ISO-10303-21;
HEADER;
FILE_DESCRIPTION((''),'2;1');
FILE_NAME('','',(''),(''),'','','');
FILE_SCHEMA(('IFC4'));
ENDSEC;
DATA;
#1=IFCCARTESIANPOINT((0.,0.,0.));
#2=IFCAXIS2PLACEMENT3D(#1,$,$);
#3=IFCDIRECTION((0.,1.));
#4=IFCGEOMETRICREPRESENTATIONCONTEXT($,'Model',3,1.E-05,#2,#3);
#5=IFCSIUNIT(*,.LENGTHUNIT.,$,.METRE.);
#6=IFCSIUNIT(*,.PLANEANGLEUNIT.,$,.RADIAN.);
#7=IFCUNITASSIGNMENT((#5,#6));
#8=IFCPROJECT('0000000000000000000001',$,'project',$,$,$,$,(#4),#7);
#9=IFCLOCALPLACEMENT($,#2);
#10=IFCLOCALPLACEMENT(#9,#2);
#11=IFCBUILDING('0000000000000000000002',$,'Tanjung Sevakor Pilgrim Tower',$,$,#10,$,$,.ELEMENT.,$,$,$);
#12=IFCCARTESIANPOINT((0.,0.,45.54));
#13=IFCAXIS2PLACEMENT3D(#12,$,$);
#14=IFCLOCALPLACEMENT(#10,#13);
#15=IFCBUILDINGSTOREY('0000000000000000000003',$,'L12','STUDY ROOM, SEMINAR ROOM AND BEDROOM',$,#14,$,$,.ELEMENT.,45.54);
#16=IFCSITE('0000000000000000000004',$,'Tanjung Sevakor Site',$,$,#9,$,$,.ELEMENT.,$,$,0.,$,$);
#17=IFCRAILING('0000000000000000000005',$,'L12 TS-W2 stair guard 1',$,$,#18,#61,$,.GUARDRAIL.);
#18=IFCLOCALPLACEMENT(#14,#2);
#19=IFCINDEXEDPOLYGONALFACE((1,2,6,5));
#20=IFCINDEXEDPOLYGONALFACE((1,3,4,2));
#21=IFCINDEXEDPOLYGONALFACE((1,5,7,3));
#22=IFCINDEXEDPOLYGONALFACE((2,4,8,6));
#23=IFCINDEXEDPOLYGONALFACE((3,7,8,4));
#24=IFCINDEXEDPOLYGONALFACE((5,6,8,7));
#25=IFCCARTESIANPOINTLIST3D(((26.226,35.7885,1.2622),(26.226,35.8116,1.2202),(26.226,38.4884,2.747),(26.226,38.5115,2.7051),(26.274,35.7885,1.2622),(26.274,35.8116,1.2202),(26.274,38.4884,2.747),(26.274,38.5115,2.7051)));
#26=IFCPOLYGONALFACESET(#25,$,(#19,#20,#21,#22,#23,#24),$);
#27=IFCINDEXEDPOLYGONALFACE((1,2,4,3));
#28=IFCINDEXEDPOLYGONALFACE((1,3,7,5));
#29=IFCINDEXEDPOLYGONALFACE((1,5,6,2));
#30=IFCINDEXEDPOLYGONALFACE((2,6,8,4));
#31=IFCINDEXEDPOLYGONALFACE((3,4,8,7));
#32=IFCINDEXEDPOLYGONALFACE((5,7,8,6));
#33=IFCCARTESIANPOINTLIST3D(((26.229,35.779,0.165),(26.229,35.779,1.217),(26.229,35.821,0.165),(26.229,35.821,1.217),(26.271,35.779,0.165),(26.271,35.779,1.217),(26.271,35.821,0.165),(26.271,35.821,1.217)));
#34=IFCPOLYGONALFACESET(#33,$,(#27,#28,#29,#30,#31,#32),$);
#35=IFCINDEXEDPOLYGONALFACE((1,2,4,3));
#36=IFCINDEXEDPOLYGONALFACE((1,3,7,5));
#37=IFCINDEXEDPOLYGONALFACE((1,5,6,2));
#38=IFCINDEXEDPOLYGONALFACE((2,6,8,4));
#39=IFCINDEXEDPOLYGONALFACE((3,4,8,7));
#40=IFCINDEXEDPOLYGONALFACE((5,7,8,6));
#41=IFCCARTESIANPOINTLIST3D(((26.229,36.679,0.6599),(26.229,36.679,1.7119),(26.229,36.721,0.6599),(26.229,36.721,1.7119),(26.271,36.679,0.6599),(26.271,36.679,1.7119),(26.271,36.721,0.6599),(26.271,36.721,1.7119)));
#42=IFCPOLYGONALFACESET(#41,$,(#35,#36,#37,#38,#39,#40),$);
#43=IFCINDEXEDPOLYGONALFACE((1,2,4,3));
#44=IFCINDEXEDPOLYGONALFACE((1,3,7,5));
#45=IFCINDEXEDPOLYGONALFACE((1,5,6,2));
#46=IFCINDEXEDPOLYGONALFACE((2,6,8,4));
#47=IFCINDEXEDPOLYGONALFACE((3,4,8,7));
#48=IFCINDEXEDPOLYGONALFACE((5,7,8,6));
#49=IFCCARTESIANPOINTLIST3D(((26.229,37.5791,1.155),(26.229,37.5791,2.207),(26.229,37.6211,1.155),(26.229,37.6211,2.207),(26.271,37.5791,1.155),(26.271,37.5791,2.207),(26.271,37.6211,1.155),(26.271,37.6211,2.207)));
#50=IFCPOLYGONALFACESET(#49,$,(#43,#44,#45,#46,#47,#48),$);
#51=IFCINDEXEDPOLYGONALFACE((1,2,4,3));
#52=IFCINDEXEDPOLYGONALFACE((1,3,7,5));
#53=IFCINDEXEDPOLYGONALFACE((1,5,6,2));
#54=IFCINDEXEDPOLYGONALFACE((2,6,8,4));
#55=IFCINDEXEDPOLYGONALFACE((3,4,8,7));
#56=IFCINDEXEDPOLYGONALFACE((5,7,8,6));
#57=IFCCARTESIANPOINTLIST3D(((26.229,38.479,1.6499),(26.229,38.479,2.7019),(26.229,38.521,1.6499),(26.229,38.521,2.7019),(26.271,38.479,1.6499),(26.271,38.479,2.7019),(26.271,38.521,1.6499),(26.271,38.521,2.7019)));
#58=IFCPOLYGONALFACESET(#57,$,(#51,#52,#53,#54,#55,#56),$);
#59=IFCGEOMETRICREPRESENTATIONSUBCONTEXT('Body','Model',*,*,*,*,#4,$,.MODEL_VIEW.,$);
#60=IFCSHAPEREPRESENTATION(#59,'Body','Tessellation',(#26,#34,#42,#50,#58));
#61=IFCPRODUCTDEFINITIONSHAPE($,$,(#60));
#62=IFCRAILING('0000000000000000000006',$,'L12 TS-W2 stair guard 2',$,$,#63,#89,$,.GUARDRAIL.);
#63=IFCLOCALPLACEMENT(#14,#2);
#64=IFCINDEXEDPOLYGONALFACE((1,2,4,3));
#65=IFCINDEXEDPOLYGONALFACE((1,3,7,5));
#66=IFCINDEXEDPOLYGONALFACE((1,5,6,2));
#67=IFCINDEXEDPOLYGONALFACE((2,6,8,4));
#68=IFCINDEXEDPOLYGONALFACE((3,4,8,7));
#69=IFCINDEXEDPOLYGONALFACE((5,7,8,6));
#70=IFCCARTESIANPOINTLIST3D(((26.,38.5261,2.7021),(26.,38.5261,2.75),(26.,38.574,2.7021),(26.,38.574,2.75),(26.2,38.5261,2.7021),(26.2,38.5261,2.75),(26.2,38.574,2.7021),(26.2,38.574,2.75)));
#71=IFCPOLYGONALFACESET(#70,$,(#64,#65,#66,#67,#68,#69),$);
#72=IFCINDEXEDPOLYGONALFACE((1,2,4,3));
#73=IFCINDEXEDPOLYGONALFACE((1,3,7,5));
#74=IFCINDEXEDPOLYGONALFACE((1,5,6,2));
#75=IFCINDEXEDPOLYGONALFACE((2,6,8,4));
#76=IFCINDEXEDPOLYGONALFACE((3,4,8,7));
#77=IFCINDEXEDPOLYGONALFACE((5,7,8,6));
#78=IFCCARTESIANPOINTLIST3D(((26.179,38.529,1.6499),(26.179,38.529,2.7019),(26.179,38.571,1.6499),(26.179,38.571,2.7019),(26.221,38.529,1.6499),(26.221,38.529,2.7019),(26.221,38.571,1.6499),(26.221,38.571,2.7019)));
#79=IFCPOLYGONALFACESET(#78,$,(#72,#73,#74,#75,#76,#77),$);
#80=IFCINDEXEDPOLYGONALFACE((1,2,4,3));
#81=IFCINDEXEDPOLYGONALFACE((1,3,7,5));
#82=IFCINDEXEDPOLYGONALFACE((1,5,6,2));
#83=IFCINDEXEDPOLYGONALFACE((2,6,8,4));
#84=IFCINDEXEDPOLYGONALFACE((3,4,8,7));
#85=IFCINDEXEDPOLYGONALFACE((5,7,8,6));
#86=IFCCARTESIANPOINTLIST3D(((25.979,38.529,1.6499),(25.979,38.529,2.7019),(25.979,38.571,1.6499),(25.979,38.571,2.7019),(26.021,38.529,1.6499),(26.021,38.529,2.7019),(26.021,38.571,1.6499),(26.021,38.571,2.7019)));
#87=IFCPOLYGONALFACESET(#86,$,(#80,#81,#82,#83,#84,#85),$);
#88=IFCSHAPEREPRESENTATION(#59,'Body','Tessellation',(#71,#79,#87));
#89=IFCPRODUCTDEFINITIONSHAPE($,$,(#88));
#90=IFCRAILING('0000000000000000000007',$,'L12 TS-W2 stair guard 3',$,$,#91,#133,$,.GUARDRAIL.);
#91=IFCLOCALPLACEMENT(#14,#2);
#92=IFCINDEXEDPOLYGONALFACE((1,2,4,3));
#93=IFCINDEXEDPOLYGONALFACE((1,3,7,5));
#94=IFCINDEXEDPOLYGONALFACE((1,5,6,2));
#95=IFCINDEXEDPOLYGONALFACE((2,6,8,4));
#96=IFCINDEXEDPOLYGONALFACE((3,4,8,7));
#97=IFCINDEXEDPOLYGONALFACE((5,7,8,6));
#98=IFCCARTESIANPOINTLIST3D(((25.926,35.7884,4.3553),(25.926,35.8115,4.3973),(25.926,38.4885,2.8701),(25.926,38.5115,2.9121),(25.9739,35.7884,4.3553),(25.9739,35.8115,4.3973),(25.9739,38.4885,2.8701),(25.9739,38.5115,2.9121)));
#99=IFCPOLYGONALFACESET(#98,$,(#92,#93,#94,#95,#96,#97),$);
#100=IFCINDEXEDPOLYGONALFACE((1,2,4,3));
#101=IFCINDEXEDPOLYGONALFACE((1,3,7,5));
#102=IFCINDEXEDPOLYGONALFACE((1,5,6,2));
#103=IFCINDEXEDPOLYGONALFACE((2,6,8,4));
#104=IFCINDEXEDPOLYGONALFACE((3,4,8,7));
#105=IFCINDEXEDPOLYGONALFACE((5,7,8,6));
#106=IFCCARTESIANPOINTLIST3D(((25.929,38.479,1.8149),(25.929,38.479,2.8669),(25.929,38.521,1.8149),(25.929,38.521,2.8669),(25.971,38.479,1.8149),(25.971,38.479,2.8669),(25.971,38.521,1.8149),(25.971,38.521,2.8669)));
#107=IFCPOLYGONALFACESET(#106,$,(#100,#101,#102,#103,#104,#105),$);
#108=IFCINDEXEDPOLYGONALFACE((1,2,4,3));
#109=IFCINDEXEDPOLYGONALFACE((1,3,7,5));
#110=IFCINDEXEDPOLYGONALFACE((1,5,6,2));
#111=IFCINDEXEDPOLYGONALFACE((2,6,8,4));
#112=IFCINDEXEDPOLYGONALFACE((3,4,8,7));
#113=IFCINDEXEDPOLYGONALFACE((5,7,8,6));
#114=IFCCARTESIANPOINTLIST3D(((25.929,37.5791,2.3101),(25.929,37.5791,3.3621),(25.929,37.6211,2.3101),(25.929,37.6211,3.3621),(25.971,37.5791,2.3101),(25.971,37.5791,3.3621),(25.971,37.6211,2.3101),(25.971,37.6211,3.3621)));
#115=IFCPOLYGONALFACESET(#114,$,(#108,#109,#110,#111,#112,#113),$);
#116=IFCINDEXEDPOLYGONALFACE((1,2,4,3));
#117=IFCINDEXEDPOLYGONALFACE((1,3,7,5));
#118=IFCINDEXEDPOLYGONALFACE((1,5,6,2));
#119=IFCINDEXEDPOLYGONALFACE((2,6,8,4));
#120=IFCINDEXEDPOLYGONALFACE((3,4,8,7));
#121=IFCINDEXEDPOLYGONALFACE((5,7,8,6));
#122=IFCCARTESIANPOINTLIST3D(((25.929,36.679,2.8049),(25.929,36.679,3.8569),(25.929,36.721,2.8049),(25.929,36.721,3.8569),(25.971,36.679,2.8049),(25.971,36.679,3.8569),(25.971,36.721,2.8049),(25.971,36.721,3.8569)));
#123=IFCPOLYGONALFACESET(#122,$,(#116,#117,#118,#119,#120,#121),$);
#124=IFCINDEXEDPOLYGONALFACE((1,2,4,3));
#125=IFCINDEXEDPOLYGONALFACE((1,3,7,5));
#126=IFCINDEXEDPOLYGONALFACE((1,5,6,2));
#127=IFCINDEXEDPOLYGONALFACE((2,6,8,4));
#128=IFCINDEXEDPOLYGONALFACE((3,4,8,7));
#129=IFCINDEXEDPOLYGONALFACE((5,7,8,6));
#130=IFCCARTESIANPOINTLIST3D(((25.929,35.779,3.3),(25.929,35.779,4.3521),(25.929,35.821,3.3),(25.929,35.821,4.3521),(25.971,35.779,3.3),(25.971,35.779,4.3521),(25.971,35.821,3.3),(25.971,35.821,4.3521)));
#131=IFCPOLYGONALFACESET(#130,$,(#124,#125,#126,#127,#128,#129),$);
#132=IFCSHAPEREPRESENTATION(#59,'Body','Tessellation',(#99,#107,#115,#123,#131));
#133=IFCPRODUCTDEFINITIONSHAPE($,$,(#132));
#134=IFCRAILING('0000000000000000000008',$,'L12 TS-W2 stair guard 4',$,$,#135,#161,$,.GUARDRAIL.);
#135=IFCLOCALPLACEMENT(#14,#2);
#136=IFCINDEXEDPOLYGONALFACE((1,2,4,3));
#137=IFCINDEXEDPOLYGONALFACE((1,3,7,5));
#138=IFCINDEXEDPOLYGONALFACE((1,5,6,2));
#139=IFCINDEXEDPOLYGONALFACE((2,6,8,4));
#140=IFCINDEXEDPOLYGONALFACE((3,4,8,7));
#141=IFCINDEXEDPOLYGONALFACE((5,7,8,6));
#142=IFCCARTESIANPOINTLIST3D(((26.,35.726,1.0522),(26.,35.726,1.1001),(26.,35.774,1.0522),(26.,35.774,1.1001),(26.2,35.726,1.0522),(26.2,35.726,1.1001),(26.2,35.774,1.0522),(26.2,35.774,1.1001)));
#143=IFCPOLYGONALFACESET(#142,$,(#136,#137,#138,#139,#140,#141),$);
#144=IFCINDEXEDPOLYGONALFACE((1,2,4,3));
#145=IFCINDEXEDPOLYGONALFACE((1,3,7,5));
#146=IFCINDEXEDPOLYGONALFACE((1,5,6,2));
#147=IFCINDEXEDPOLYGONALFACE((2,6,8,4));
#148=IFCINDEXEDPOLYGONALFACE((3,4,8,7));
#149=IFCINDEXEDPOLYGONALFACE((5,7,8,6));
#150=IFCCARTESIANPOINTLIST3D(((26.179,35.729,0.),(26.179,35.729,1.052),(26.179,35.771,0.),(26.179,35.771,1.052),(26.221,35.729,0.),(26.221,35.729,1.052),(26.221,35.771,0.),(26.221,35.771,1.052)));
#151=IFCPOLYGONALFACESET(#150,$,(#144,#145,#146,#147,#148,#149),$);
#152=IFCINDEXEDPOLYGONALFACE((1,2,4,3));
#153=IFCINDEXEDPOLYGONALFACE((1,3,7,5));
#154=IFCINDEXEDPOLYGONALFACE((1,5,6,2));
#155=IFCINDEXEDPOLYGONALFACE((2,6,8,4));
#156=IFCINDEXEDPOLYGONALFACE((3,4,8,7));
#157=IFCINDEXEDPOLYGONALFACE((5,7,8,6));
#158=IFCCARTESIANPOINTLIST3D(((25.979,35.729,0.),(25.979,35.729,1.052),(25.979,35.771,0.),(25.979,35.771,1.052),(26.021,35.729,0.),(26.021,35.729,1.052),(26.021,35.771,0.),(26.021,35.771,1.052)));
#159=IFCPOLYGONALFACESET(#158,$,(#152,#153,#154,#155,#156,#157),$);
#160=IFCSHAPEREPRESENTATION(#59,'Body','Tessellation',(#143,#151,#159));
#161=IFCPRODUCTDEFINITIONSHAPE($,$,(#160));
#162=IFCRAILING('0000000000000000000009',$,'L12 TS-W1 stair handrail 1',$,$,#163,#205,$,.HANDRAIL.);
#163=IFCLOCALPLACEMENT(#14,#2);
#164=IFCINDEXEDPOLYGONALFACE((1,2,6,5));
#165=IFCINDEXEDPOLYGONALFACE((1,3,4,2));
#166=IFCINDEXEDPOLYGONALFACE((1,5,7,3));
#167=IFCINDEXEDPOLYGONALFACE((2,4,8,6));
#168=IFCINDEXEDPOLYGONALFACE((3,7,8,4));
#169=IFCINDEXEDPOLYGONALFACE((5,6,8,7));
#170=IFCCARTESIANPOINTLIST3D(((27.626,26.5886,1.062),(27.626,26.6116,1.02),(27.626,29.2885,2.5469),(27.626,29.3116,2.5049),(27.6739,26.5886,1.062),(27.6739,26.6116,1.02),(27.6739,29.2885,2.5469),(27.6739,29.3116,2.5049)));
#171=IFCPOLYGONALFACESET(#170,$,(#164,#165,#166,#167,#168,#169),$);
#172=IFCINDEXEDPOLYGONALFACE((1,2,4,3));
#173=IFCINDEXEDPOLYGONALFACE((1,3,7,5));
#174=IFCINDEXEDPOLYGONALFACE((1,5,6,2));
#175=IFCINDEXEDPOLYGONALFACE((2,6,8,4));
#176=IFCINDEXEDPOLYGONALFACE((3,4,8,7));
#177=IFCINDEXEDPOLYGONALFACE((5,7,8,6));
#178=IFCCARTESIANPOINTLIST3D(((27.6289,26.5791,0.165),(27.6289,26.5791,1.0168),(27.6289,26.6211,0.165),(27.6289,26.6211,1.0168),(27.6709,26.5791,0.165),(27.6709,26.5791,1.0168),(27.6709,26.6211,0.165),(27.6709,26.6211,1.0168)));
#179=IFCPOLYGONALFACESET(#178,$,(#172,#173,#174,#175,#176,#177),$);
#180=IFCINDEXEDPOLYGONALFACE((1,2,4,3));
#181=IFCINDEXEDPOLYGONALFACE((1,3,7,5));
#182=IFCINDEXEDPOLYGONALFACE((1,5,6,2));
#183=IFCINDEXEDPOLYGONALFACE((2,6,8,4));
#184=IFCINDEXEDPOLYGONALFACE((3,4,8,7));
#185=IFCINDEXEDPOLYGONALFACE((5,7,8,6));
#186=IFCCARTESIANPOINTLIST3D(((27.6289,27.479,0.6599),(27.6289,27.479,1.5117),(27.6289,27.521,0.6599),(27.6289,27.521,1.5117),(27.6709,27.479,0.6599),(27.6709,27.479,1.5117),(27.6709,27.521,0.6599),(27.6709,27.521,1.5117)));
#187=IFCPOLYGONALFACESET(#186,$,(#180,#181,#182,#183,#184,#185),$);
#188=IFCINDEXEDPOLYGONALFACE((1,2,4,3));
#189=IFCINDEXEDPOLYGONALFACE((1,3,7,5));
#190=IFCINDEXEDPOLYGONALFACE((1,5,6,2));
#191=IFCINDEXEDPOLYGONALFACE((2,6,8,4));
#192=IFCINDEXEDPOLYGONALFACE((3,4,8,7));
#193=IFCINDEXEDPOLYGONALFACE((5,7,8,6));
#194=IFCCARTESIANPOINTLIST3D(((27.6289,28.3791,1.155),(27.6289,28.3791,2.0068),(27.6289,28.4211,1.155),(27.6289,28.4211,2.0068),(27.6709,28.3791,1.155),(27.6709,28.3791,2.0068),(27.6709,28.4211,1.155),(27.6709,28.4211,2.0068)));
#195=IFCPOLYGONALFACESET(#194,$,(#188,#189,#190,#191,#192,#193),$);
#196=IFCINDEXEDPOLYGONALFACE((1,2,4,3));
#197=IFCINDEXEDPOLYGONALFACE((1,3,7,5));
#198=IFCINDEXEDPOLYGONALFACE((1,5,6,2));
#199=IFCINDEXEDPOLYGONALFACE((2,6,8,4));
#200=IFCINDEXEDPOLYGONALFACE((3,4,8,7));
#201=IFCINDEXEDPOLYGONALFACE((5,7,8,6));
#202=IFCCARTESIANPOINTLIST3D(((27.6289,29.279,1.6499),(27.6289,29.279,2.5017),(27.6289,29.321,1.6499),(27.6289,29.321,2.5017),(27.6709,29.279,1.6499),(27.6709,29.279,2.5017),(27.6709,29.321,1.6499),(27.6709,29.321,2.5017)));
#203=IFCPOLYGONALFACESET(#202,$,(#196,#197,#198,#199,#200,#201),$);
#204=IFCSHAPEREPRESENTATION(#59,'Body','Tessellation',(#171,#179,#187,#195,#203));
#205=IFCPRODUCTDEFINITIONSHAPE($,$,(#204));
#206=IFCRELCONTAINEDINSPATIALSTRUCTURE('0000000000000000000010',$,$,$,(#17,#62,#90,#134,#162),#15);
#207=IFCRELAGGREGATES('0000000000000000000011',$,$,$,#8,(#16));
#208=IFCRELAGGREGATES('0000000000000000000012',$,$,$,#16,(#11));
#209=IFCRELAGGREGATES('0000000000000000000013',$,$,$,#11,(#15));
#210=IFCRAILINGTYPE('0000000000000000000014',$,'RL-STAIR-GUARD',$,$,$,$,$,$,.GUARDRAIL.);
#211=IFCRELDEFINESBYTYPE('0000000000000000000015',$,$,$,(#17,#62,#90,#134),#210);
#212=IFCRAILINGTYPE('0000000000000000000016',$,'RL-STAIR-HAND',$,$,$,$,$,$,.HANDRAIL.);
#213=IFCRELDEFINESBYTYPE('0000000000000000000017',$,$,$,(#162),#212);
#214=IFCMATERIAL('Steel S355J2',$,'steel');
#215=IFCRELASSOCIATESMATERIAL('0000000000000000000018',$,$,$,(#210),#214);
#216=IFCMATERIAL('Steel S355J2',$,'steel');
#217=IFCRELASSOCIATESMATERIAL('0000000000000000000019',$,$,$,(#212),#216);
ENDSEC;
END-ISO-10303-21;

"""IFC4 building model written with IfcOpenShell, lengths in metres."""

from ifc_helpers import new_model, si_unit, direction, frame, origin, place, context, subcontext, project, spatial, rectangle, extrude, material, type_object, element, save


model = new_model("IFC4")

# Units and contexts
model_context = context("Model", 3, precision=1e-05, world=origin(), true_north=direction((0.0, 1.0)))
body_context = subcontext(model_context, "Body", "Model", "MODEL_VIEW")
ifc_project = project(units=[si_unit("LENGTHUNIT", "METRE"), si_unit("PLANEANGLEUNIT", "RADIAN")], contexts=[model_context])

# Site, building, storey
site_placement = place(None, origin())
site = spatial("IfcSite", under=ifc_project, at=site_placement, Name="Tanjung Sevakor Site", CompositionType="ELEMENT", RefElevation=0.0)
building_placement = place(site_placement, origin())
building = spatial("IfcBuilding", under=site, at=building_placement, Name="Tanjung Sevakor Pilgrim Tower", CompositionType="ELEMENT")
storey_placement = place(building_placement, frame((0.0, 0.0, 45.54)))
storey = spatial("IfcBuildingStorey", under=building, at=storey_placement, Name="L12", Description="STUDY ROOM, SEMINAR ROOM AND BEDROOM", CompositionType="ELEMENT", Elevation=45.54)

# Railings
ifc_material_1 = material(Name="Steel S355J2", Category="steel")
railing_type_1 = type_object("IfcRailingType", Name="RL-STAIR-GUARD", PredefinedType="GUARDRAIL", material=ifc_material_1)
railing_1_placement = place(storey_placement, frame((26.25, 35.8, 0.165)))
element("IfcRailing", 1, at=railing_1_placement, inside=storey, type_object=railing_type_1, Name="L12 TS-W2 stair guard 1", PredefinedType="GUARDRAIL", context=body_context, shape_type="SweptSolid", body=[
    extrude(rectangle(XDim=0.0479, YDim=0.0479), frame((0.0, 0.0, 1.0762), z_axis=(0.0, 0.876231, 0.481891), x_axis=(-1.0, 0.0, 0.0)), (0.0, 0.0, 1.0), 3.0813),
    extrude(rectangle(XDim=0.042, YDim=0.042), origin(), (0.0, 0.0, 1.0), 1.052),
    extrude(rectangle(XDim=0.042, YDim=0.042), frame((0.0, 0.8999, 0.4949)), (0.0, 0.0, 1.0), 1.052),
    extrude(rectangle(XDim=0.042, YDim=0.042), frame((0.0, 1.8, 0.99)), (0.0, 0.0, 1.0), 1.052),
    extrude(rectangle(XDim=0.042, YDim=0.042), frame((0.0, 2.7, 1.4849)), (0.0, 0.0, 1.0), 1.052),
])
railing_2_placement = place(storey_placement, frame((26.2, 38.55, 1.6499)))
element("IfcRailing", 2, at=railing_2_placement, inside=storey, type_object=railing_type_1, Name="L12 TS-W2 stair guard 2", PredefinedType="GUARDRAIL", context=body_context, shape_type="SweptSolid", body=[
    extrude(rectangle(XDim=0.0479, YDim=0.0479), frame((0.0, 0.0, 1.0762), z_axis=(-1.0, 0.0, 0.0), x_axis=(0.0, -1.0, 0.0)), (0.0, 0.0, 1.0), 0.2),
    extrude(rectangle(XDim=0.042, YDim=0.042), origin(), (0.0, 0.0, 1.0), 1.052),
    extrude(rectangle(XDim=0.042, YDim=0.042), frame((-0.2, 0.0, 0.0)), (0.0, 0.0, 1.0), 1.052),
])
railing_3_placement = place(storey_placement, frame((25.95, 38.5, 1.8149)))
element("IfcRailing", 3, at=railing_3_placement, inside=storey, type_object=railing_type_1, Name="L12 TS-W2 stair guard 3", PredefinedType="GUARDRAIL", context=body_context, shape_type="SweptSolid", body=[
    extrude(rectangle(XDim=0.0479, YDim=0.0479), frame((0.0, 0.0, 1.0762), z_axis=(0.0, -0.876198, 0.481952), x_axis=(1.0, 0.0, 0.0)), (0.0, 0.0, 1.0), 3.0815),
    extrude(rectangle(XDim=0.042, YDim=0.042), origin(), (0.0, 0.0, 1.0), 1.052),
    extrude(rectangle(XDim=0.042, YDim=0.042), frame((0.0, -0.8999, 0.4951)), (0.0, 0.0, 1.0), 1.052),
    extrude(rectangle(XDim=0.042, YDim=0.042), frame((0.0, -1.8, 0.99)), (0.0, 0.0, 1.0), 1.052),
    extrude(rectangle(XDim=0.042, YDim=0.042), frame((0.0, -2.7, 1.4851)), (0.0, 0.0, 1.0), 1.052),
])
railing_4_placement = place(storey_placement, frame((26.2, 35.75, 0.0)))
element("IfcRailing", 4, at=railing_4_placement, inside=storey, type_object=railing_type_1, Name="L12 TS-W2 stair guard 4", PredefinedType="GUARDRAIL", context=body_context, shape_type="SweptSolid", body=[
    extrude(rectangle(XDim=0.0479, YDim=0.0479), frame((0.0, 0.0, 1.0762), z_axis=(-1.0, 0.0, 0.0), x_axis=(0.0, -1.0, 0.0)), (0.0, 0.0, 1.0), 0.2),
    extrude(rectangle(XDim=0.042, YDim=0.042), origin(), (0.0, 0.0, 1.0), 1.052),
    extrude(rectangle(XDim=0.042, YDim=0.042), frame((-0.2, 0.0, 0.0)), (0.0, 0.0, 1.0), 1.052),
])
ifc_material_2 = material(Name="Steel S355J2", Category="steel")
railing_type_2 = type_object("IfcRailingType", Name="RL-STAIR-HAND", PredefinedType="HANDRAIL", material=ifc_material_2)
railing_5_placement = place(storey_placement, frame((27.6499, 26.6001, 0.165)))
element("IfcRailing", 5, at=railing_5_placement, inside=storey, type_object=railing_type_2, Name="L12 TS-W1 stair handrail 1", PredefinedType="HANDRAIL", context=body_context, shape_type="SweptSolid", body=[
    extrude(rectangle(XDim=0.0479, YDim=0.0479), frame((0.0, 0.0, 0.876), z_axis=(0.0, 0.876231, 0.481891), x_axis=(-1.0, 0.0, 0.0)), (0.0, 0.0, 1.0), 3.0813),
    extrude(rectangle(XDim=0.042, YDim=0.042), origin(), (0.0, 0.0, 1.0), 0.8518),
    extrude(rectangle(XDim=0.042, YDim=0.042), frame((0.0, 0.8999, 0.4949)), (0.0, 0.0, 1.0), 0.8518),
    extrude(rectangle(XDim=0.042, YDim=0.042), frame((0.0, 1.8, 0.99)), (0.0, 0.0, 1.0), 0.8518),
    extrude(rectangle(XDim=0.042, YDim=0.042), frame((0.0, 2.7, 1.4849)), (0.0, 0.0, 1.0), 0.8518),
])

save(model, "model.ifc")
